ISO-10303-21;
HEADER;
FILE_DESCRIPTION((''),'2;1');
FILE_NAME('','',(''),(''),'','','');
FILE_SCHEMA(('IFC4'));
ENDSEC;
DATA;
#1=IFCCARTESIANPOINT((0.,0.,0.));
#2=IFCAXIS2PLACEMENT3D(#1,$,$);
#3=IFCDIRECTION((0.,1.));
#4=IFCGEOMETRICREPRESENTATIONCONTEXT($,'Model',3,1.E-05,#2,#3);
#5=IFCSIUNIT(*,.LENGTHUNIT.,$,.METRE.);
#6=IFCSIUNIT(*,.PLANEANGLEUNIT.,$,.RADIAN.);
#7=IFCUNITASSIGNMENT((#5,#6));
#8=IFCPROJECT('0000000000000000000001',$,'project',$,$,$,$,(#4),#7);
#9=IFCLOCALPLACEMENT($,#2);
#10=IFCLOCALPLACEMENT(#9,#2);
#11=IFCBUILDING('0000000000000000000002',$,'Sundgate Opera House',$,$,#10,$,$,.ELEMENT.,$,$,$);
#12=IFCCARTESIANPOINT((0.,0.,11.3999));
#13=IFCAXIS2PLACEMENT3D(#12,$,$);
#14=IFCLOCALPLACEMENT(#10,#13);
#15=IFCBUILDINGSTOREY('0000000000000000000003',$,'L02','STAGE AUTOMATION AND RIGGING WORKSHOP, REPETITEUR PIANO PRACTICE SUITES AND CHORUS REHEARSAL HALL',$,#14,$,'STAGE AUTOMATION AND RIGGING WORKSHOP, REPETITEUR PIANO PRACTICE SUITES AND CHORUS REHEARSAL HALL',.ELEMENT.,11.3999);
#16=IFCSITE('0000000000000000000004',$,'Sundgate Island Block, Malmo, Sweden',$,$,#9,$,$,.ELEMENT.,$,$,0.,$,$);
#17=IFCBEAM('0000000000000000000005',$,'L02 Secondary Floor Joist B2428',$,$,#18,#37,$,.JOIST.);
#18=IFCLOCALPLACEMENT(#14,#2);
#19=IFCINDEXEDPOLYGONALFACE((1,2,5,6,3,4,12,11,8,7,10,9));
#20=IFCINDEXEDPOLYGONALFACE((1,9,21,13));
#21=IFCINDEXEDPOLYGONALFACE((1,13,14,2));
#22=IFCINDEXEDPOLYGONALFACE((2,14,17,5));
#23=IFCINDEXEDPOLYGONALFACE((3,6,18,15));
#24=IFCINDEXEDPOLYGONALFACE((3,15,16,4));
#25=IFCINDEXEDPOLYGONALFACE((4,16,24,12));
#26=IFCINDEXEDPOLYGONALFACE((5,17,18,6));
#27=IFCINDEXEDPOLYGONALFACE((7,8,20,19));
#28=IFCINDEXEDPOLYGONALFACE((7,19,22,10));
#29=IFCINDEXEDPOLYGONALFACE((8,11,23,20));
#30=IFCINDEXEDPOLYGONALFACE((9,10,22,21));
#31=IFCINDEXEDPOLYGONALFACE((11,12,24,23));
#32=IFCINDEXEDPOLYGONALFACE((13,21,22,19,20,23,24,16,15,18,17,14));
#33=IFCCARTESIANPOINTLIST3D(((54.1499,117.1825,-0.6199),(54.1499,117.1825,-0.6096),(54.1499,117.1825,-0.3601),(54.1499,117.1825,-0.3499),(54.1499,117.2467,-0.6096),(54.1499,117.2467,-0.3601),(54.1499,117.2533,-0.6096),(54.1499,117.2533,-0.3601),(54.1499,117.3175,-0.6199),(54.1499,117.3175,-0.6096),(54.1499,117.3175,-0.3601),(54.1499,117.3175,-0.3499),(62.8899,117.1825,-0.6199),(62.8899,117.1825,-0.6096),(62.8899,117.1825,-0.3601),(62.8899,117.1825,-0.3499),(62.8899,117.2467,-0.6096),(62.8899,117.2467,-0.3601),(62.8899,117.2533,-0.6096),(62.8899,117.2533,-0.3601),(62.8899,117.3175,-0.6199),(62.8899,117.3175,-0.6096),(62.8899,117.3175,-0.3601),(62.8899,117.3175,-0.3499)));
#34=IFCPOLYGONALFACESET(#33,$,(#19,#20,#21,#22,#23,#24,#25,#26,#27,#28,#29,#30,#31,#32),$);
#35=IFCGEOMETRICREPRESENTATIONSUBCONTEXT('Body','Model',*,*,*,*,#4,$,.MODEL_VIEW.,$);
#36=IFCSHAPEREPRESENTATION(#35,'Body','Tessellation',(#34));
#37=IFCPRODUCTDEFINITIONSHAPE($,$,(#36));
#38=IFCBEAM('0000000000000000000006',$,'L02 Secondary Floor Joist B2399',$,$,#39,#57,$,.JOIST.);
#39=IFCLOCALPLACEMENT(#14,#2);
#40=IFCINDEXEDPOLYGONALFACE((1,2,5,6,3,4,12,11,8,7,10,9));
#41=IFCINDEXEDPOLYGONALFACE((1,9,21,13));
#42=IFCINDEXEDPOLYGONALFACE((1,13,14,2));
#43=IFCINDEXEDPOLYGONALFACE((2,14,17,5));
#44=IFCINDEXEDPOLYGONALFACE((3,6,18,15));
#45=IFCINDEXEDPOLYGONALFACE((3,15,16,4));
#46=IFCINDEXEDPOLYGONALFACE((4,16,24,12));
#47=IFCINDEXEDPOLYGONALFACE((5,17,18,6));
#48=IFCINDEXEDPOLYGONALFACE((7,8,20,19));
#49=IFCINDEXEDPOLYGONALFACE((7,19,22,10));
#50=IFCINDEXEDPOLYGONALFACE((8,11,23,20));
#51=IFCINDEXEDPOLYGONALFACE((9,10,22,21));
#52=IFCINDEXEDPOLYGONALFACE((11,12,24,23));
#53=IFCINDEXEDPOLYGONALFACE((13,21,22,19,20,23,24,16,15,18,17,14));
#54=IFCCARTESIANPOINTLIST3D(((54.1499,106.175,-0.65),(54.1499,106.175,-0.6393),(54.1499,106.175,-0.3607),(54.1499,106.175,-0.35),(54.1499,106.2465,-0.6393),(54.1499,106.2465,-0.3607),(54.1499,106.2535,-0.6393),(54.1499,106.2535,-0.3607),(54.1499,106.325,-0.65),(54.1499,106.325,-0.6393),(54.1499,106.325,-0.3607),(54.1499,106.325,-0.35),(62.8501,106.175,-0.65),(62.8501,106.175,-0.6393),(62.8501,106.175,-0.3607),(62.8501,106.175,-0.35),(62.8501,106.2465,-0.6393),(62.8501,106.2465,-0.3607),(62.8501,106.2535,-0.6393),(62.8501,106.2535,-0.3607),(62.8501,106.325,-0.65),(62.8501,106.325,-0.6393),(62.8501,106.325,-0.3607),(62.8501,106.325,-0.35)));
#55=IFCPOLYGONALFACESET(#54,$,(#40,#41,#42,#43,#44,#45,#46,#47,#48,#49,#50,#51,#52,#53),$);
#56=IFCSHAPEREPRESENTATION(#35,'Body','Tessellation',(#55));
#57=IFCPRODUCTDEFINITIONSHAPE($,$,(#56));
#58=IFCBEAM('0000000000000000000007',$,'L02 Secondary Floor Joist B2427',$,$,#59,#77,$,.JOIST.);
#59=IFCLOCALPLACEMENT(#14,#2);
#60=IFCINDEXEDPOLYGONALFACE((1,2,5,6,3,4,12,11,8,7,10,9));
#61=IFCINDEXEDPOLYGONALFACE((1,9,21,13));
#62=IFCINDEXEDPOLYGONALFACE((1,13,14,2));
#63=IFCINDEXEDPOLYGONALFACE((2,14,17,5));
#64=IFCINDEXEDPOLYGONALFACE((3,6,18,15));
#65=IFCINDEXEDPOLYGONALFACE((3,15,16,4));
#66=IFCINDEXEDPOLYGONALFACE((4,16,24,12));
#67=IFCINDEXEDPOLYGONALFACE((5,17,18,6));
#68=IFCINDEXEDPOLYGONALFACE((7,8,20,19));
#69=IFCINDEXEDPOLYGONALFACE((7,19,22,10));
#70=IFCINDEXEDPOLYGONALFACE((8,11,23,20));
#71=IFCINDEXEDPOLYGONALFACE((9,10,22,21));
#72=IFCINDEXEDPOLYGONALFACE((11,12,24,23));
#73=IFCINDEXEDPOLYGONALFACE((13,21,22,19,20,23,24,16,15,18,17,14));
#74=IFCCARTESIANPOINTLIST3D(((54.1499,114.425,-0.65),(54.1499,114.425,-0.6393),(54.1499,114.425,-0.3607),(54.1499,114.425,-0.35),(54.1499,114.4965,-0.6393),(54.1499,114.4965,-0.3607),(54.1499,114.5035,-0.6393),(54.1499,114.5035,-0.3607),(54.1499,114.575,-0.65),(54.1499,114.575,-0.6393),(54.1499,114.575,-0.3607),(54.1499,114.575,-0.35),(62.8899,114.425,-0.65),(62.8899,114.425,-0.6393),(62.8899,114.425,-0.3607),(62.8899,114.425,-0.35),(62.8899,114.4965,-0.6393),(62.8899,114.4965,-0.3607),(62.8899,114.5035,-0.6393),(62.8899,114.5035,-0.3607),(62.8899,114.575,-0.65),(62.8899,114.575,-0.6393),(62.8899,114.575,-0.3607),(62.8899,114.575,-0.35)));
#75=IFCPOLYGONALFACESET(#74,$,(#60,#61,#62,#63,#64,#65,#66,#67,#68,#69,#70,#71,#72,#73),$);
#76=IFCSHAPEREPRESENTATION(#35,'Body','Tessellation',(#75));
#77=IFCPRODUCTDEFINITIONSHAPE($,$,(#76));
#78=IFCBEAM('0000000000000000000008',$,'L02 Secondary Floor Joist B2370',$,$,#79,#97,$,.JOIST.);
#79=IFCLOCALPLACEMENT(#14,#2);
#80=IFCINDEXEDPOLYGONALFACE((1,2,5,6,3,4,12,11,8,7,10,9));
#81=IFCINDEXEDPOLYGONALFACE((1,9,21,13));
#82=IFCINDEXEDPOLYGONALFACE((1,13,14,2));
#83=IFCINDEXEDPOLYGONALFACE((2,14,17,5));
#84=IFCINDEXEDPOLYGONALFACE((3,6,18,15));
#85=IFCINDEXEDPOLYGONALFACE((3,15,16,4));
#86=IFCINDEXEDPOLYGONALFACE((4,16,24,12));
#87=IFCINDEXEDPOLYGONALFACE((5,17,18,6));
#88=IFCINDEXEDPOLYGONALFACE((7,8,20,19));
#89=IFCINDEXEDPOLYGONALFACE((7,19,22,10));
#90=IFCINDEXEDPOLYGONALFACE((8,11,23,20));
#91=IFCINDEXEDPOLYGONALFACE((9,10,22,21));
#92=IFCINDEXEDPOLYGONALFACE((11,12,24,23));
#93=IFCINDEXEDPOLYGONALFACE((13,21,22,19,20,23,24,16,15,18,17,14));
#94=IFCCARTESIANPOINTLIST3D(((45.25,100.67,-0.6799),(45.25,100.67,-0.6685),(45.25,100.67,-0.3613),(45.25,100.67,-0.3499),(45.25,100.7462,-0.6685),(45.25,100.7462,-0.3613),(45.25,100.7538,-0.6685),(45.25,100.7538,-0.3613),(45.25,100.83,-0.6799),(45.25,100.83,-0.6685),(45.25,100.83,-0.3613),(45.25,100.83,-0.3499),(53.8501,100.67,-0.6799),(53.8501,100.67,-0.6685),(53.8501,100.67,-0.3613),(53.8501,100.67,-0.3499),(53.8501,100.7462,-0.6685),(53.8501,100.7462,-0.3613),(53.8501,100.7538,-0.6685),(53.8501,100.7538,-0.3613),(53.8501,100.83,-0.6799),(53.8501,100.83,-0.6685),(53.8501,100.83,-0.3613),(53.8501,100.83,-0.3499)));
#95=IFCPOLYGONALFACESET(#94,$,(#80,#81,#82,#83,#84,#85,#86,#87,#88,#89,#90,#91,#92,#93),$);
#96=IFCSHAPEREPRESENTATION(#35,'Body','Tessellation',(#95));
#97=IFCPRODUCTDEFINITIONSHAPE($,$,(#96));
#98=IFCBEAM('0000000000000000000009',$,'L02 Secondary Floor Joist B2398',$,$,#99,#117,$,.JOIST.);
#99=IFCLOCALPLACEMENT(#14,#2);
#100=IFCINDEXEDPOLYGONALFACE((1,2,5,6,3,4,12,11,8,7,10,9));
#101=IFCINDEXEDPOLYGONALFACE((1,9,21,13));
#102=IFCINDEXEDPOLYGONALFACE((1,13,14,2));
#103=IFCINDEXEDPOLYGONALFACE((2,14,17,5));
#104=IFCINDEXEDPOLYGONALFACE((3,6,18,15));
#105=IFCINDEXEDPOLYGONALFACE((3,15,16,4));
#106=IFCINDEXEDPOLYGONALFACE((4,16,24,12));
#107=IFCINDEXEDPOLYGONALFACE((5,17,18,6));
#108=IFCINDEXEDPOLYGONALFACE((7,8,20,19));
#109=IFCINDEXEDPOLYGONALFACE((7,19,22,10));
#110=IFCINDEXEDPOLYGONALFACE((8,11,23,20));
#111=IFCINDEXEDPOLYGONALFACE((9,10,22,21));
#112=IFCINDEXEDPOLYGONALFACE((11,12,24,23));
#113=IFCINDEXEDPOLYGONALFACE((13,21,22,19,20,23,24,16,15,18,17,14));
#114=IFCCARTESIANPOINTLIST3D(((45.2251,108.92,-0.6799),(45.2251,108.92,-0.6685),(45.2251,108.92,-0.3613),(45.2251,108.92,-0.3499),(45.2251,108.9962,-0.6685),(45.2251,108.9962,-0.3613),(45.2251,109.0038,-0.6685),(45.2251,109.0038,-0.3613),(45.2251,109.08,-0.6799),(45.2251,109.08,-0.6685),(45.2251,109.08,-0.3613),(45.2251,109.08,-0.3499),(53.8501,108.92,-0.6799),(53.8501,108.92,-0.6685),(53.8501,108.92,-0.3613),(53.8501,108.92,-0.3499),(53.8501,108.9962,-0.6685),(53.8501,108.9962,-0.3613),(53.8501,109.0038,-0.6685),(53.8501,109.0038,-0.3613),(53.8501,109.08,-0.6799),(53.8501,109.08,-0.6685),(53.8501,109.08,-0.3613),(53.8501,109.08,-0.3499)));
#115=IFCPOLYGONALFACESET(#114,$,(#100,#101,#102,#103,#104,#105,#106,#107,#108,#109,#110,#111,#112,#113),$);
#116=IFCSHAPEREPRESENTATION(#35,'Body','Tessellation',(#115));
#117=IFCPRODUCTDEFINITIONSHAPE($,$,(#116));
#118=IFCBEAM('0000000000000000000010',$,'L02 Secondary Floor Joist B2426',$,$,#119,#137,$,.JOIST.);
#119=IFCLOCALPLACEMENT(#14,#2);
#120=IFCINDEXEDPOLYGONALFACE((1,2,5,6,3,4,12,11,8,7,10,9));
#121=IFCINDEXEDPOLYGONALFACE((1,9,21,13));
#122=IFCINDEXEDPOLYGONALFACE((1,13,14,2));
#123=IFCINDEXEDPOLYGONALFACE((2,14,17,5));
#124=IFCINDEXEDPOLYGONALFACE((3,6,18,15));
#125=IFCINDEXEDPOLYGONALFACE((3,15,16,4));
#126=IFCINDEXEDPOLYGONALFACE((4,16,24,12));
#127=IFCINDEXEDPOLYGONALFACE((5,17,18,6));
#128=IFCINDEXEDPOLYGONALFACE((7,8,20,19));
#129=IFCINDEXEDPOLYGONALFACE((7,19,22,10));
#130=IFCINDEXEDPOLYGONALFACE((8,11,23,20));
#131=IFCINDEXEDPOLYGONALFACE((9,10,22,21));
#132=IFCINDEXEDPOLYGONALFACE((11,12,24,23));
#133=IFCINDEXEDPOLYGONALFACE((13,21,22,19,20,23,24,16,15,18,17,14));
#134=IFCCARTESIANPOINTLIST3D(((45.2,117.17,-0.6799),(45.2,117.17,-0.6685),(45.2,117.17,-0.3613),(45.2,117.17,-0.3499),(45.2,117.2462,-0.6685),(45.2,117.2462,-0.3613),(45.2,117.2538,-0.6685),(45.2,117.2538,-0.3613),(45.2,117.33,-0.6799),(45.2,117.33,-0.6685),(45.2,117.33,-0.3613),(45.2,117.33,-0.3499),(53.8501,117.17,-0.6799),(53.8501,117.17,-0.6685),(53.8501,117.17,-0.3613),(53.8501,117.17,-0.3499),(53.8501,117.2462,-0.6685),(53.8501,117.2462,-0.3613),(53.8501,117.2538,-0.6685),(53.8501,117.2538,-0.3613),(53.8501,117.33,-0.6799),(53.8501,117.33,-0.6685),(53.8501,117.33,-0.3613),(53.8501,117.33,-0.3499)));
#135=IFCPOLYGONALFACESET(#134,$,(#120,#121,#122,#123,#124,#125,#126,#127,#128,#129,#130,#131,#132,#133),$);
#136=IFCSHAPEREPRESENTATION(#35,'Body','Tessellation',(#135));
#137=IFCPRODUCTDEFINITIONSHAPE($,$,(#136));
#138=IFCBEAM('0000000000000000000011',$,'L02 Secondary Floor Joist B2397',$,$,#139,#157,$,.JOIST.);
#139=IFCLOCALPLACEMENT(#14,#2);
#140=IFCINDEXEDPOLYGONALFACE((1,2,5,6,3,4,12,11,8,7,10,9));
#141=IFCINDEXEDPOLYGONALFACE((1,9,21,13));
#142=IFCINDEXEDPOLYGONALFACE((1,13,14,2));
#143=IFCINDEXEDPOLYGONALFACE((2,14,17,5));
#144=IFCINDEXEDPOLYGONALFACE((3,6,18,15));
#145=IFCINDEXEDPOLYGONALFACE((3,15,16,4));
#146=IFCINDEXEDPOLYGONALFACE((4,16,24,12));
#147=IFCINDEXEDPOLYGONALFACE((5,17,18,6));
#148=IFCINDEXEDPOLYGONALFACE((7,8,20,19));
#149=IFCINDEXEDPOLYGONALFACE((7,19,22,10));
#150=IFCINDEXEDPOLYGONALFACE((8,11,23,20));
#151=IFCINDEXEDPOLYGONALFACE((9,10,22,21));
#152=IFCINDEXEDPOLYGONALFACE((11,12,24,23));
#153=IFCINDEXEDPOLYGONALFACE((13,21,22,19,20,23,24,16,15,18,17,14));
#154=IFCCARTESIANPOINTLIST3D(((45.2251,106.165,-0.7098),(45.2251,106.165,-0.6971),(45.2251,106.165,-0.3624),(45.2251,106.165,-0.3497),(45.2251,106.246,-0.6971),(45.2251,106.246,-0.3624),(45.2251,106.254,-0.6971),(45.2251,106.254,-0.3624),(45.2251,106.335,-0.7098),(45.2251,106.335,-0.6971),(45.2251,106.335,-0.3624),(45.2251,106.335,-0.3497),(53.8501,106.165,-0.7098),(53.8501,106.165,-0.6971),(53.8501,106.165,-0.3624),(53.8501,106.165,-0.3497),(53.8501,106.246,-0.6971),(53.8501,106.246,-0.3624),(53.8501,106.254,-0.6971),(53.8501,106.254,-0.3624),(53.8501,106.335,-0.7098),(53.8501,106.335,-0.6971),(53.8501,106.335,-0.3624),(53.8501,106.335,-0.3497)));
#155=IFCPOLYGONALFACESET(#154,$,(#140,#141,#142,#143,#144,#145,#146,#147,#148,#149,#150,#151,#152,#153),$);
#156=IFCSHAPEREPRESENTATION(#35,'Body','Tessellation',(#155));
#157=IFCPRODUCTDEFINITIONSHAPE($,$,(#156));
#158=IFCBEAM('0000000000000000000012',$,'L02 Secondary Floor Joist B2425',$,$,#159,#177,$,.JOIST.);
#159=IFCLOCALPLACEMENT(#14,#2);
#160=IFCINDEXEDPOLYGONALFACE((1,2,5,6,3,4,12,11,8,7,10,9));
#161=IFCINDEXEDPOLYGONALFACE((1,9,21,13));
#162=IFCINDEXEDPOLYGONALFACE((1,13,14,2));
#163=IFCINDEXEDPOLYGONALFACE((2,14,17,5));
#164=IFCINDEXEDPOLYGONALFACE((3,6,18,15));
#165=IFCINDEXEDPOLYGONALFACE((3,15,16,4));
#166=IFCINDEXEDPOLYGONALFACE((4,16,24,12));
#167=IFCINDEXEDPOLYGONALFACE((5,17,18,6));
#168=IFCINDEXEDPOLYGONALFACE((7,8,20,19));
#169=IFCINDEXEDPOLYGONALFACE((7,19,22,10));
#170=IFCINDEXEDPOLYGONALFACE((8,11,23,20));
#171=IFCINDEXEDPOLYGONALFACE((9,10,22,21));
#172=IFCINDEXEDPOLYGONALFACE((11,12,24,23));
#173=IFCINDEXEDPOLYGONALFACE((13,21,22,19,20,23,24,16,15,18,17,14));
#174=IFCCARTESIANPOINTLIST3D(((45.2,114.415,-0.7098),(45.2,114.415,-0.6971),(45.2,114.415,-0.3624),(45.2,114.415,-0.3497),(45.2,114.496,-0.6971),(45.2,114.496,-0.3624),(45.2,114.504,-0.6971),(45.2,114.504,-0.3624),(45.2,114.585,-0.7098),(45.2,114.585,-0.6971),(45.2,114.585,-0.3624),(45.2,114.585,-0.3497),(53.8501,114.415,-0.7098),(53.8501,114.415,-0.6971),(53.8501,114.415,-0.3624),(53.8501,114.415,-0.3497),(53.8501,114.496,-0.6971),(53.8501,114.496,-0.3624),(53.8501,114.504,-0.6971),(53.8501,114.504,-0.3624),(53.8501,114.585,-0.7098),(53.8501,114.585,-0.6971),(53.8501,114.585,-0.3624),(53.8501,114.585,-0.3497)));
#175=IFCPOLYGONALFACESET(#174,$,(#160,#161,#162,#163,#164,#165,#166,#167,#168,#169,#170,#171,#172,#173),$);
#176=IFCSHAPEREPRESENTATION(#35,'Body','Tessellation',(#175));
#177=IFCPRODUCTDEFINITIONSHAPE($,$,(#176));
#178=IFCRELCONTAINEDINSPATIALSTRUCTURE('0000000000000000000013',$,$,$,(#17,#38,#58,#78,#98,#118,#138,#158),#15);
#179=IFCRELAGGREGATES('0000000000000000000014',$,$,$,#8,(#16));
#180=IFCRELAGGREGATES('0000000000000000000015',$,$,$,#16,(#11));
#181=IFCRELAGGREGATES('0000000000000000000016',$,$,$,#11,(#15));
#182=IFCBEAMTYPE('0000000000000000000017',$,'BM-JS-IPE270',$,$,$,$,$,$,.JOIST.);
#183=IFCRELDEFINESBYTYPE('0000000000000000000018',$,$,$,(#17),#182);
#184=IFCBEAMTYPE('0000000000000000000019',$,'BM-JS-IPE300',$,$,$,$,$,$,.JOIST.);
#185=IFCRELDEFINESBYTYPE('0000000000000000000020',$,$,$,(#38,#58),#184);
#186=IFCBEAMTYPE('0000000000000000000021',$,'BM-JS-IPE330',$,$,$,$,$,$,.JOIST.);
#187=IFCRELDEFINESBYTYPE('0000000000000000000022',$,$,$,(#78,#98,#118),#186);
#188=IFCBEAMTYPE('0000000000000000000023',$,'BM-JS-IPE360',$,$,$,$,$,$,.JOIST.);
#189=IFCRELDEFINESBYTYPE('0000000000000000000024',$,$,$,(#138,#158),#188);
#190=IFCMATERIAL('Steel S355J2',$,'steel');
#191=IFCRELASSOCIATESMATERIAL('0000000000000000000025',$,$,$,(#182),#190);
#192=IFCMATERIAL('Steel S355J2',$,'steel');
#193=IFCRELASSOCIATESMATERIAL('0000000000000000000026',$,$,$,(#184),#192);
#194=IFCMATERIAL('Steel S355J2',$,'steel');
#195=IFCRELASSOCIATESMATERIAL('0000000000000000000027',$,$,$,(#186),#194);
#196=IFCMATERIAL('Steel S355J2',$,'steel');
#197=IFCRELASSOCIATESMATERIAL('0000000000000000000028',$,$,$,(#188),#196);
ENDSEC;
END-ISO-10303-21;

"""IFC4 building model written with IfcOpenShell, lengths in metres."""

from ifc_helpers import new_model, si_unit, direction, frame, origin, origin_2d, place, context, subcontext, project, spatial, i_section, extrude, material, material_profile, profile_set, type_object, element, save


model = new_model("IFC4")

# Units and contexts
model_context = context("Model", 3, precision=1e-05, world=origin(), true_north=direction((0.0, 1.0)))
body_context = subcontext(model_context, "Body", "Model", "MODEL_VIEW")
ifc_project = project(units=[si_unit("LENGTHUNIT", "METRE"), si_unit("PLANEANGLEUNIT", "RADIAN")], contexts=[model_context])

# Site, building, storey
site_placement = place(None, origin())
site = spatial("IfcSite", under=ifc_project, at=site_placement, Name="Sundgate Island Block, Malmo, Sweden", CompositionType="ELEMENT", RefElevation=0.0)
building_placement = place(site_placement, origin())
building = spatial("IfcBuilding", under=site, at=building_placement, Name="Sundgate Opera House", CompositionType="ELEMENT")
storey_placement = place(building_placement, frame((0.0, 0.0, 11.3999)))
storey = spatial("IfcBuildingStorey", under=building, at=storey_placement, Name="L02", Description="STAGE AUTOMATION AND RIGGING WORKSHOP, REPETITEUR PIANO PRACTICE SUITES AND CHORUS REHEARSAL HALL", LongName="STAGE AUTOMATION AND RIGGING WORKSHOP, REPETITEUR PIANO PRACTICE SUITES AND CHORUS REHEARSAL HALL", CompositionType="ELEMENT", Elevation=11.3999)

# Beams
ifc_material_1 = material(Name="Steel S355J2", Category="steel")
ifc_material_profile_1 = material_profile(ifc_material_1, i_section(OverallWidth=0.135, OverallDepth=0.27, WebThickness=0.0066, FlangeThickness=0.0103, at=origin_2d()), Name="IPE 270")
ifc_profile_set_1 = profile_set([ifc_material_profile_1], Name="Steel S355J2")
beam_type_1 = type_object("IfcBeamType", Name="BM-JS-IPE270", PredefinedType="JOIST", material=ifc_profile_set_1)
beam_1_placement = place(storey_placement, frame((54.1499, 117.25, -0.4849), z_axis=(1.0, 0.0, 0.0), x_axis=(0.0, 1.0, 0.0)))
element("IfcBeam", 1, at=beam_1_placement, inside=storey, type_object=beam_type_1, Name="L02 Secondary Floor Joist B2428", PredefinedType="JOIST", context=body_context, shape_type="SweptSolid", body=[
    extrude(i_section(OverallWidth=0.135, OverallDepth=0.27, WebThickness=0.0066, FlangeThickness=0.0103, at=origin_2d()), origin(), (0.0, 0.0, 1.0), 8.74),
])
ifc_material_2 = material(Name="Steel S355J2", Category="steel")
ifc_material_profile_2 = material_profile(ifc_material_2, i_section(OverallWidth=0.1499, OverallDepth=0.3, WebThickness=0.0071, FlangeThickness=0.0107, at=origin_2d()), Name="IPE 300")
ifc_profile_set_2 = profile_set([ifc_material_profile_2], Name="Steel S355J2")
beam_type_2 = type_object("IfcBeamType", Name="BM-JS-IPE300", PredefinedType="JOIST", material=ifc_profile_set_2)
beam_2_placement = place(storey_placement, frame((54.1499, 106.25, -0.5), z_axis=(1.0, 0.0, 0.0), x_axis=(0.0, 1.0, 0.0)))
element("IfcBeam", 2, at=beam_2_placement, inside=storey, type_object=beam_type_2, Name="L02 Secondary Floor Joist B2399", PredefinedType="JOIST", context=body_context, shape_type="SweptSolid", body=[
    extrude(i_section(OverallWidth=0.1499, OverallDepth=0.3, WebThickness=0.0071, FlangeThickness=0.0107, at=origin_2d()), origin(), (0.0, 0.0, 1.0), 8.7002),
])
beam_3_placement = place(storey_placement, frame((54.1499, 114.5, -0.5), z_axis=(1.0, 0.0, 0.0), x_axis=(0.0, 1.0, 0.0)))
element("IfcBeam", 3, at=beam_3_placement, inside=storey, type_object=beam_type_2, Name="L02 Secondary Floor Joist B2427", PredefinedType="JOIST", context=body_context, shape_type="SweptSolid", body=[
    extrude(i_section(OverallWidth=0.1499, OverallDepth=0.3, WebThickness=0.0071, FlangeThickness=0.0107, at=origin_2d()), origin(), (0.0, 0.0, 1.0), 8.74),
])
ifc_material_3 = material(Name="Steel S355J2", Category="steel")
ifc_material_profile_3 = material_profile(ifc_material_3, i_section(OverallWidth=0.1599, OverallDepth=0.3301, WebThickness=0.0076, FlangeThickness=0.0115, at=origin_2d()), Name="IPE 330")
ifc_profile_set_3 = profile_set([ifc_material_profile_3], Name="Steel S355J2")
beam_type_3 = type_object("IfcBeamType", Name="BM-JS-IPE330", PredefinedType="JOIST", material=ifc_profile_set_3)
beam_4_placement = place(storey_placement, frame((45.25, 100.75, -0.5149), z_axis=(1.0, 0.0, 0.0), x_axis=(0.0, 1.0, 0.0)))
element("IfcBeam", 4, at=beam_4_placement, inside=storey, type_object=beam_type_3, Name="L02 Secondary Floor Joist B2370", PredefinedType="JOIST", context=body_context, shape_type="SweptSolid", body=[
    extrude(i_section(OverallWidth=0.1599, OverallDepth=0.3301, WebThickness=0.0076, FlangeThickness=0.0115, at=origin_2d()), origin(), (0.0, 0.0, 1.0), 8.6001),
])
beam_5_placement = place(storey_placement, frame((45.2251, 109.0, -0.5149), z_axis=(1.0, 0.0, 0.0), x_axis=(0.0, 1.0, 0.0)))
element("IfcBeam", 5, at=beam_5_placement, inside=storey, type_object=beam_type_3, Name="L02 Secondary Floor Joist B2398", PredefinedType="JOIST", context=body_context, shape_type="SweptSolid", body=[
    extrude(i_section(OverallWidth=0.1599, OverallDepth=0.3301, WebThickness=0.0076, FlangeThickness=0.0115, at=origin_2d()), origin(), (0.0, 0.0, 1.0), 8.625),
])
beam_6_placement = place(storey_placement, frame((45.2, 117.25, -0.5149), z_axis=(1.0, 0.0, 0.0), x_axis=(0.0, 1.0, 0.0)))
element("IfcBeam", 6, at=beam_6_placement, inside=storey, type_object=beam_type_3, Name="L02 Secondary Floor Joist B2426", PredefinedType="JOIST", context=body_context, shape_type="SweptSolid", body=[
    extrude(i_section(OverallWidth=0.1599, OverallDepth=0.3301, WebThickness=0.0076, FlangeThickness=0.0115, at=origin_2d()), origin(), (0.0, 0.0, 1.0), 8.6501),
])
ifc_material_4 = material(Name="Steel S355J2", Category="steel")
ifc_material_profile_4 = material_profile(ifc_material_4, i_section(OverallWidth=0.1699, OverallDepth=0.3601, WebThickness=0.0081, FlangeThickness=0.0127, at=origin_2d()), Name="IPE 360")
ifc_profile_set_4 = profile_set([ifc_material_profile_4], Name="Steel S355J2")
beam_type_4 = type_object("IfcBeamType", Name="BM-JS-IPE360", PredefinedType="JOIST", material=ifc_profile_set_4)
beam_7_placement = place(storey_placement, frame((45.2251, 106.25, -0.5298), z_axis=(1.0, 0.0, 0.0), x_axis=(0.0, 1.0, 0.0)))
element("IfcBeam", 7, at=beam_7_placement, inside=storey, type_object=beam_type_4, Name="L02 Secondary Floor Joist B2397", PredefinedType="JOIST", context=body_context, shape_type="SweptSolid", body=[
    extrude(i_section(OverallWidth=0.1699, OverallDepth=0.3601, WebThickness=0.0081, FlangeThickness=0.0127, at=origin_2d()), origin(), (0.0, 0.0, 1.0), 8.625),
])
beam_8_placement = place(storey_placement, frame((45.2, 114.5, -0.5298), z_axis=(1.0, 0.0, 0.0), x_axis=(0.0, 1.0, 0.0)))
element("IfcBeam", 8, at=beam_8_placement, inside=storey, type_object=beam_type_4, Name="L02 Secondary Floor Joist B2425", PredefinedType="JOIST", context=body_context, shape_type="SweptSolid", body=[
    extrude(i_section(OverallWidth=0.1699, OverallDepth=0.3601, WebThickness=0.0081, FlangeThickness=0.0127, at=origin_2d()), origin(), (0.0, 0.0, 1.0), 8.6501),
])

save(model, "model.ifc")
